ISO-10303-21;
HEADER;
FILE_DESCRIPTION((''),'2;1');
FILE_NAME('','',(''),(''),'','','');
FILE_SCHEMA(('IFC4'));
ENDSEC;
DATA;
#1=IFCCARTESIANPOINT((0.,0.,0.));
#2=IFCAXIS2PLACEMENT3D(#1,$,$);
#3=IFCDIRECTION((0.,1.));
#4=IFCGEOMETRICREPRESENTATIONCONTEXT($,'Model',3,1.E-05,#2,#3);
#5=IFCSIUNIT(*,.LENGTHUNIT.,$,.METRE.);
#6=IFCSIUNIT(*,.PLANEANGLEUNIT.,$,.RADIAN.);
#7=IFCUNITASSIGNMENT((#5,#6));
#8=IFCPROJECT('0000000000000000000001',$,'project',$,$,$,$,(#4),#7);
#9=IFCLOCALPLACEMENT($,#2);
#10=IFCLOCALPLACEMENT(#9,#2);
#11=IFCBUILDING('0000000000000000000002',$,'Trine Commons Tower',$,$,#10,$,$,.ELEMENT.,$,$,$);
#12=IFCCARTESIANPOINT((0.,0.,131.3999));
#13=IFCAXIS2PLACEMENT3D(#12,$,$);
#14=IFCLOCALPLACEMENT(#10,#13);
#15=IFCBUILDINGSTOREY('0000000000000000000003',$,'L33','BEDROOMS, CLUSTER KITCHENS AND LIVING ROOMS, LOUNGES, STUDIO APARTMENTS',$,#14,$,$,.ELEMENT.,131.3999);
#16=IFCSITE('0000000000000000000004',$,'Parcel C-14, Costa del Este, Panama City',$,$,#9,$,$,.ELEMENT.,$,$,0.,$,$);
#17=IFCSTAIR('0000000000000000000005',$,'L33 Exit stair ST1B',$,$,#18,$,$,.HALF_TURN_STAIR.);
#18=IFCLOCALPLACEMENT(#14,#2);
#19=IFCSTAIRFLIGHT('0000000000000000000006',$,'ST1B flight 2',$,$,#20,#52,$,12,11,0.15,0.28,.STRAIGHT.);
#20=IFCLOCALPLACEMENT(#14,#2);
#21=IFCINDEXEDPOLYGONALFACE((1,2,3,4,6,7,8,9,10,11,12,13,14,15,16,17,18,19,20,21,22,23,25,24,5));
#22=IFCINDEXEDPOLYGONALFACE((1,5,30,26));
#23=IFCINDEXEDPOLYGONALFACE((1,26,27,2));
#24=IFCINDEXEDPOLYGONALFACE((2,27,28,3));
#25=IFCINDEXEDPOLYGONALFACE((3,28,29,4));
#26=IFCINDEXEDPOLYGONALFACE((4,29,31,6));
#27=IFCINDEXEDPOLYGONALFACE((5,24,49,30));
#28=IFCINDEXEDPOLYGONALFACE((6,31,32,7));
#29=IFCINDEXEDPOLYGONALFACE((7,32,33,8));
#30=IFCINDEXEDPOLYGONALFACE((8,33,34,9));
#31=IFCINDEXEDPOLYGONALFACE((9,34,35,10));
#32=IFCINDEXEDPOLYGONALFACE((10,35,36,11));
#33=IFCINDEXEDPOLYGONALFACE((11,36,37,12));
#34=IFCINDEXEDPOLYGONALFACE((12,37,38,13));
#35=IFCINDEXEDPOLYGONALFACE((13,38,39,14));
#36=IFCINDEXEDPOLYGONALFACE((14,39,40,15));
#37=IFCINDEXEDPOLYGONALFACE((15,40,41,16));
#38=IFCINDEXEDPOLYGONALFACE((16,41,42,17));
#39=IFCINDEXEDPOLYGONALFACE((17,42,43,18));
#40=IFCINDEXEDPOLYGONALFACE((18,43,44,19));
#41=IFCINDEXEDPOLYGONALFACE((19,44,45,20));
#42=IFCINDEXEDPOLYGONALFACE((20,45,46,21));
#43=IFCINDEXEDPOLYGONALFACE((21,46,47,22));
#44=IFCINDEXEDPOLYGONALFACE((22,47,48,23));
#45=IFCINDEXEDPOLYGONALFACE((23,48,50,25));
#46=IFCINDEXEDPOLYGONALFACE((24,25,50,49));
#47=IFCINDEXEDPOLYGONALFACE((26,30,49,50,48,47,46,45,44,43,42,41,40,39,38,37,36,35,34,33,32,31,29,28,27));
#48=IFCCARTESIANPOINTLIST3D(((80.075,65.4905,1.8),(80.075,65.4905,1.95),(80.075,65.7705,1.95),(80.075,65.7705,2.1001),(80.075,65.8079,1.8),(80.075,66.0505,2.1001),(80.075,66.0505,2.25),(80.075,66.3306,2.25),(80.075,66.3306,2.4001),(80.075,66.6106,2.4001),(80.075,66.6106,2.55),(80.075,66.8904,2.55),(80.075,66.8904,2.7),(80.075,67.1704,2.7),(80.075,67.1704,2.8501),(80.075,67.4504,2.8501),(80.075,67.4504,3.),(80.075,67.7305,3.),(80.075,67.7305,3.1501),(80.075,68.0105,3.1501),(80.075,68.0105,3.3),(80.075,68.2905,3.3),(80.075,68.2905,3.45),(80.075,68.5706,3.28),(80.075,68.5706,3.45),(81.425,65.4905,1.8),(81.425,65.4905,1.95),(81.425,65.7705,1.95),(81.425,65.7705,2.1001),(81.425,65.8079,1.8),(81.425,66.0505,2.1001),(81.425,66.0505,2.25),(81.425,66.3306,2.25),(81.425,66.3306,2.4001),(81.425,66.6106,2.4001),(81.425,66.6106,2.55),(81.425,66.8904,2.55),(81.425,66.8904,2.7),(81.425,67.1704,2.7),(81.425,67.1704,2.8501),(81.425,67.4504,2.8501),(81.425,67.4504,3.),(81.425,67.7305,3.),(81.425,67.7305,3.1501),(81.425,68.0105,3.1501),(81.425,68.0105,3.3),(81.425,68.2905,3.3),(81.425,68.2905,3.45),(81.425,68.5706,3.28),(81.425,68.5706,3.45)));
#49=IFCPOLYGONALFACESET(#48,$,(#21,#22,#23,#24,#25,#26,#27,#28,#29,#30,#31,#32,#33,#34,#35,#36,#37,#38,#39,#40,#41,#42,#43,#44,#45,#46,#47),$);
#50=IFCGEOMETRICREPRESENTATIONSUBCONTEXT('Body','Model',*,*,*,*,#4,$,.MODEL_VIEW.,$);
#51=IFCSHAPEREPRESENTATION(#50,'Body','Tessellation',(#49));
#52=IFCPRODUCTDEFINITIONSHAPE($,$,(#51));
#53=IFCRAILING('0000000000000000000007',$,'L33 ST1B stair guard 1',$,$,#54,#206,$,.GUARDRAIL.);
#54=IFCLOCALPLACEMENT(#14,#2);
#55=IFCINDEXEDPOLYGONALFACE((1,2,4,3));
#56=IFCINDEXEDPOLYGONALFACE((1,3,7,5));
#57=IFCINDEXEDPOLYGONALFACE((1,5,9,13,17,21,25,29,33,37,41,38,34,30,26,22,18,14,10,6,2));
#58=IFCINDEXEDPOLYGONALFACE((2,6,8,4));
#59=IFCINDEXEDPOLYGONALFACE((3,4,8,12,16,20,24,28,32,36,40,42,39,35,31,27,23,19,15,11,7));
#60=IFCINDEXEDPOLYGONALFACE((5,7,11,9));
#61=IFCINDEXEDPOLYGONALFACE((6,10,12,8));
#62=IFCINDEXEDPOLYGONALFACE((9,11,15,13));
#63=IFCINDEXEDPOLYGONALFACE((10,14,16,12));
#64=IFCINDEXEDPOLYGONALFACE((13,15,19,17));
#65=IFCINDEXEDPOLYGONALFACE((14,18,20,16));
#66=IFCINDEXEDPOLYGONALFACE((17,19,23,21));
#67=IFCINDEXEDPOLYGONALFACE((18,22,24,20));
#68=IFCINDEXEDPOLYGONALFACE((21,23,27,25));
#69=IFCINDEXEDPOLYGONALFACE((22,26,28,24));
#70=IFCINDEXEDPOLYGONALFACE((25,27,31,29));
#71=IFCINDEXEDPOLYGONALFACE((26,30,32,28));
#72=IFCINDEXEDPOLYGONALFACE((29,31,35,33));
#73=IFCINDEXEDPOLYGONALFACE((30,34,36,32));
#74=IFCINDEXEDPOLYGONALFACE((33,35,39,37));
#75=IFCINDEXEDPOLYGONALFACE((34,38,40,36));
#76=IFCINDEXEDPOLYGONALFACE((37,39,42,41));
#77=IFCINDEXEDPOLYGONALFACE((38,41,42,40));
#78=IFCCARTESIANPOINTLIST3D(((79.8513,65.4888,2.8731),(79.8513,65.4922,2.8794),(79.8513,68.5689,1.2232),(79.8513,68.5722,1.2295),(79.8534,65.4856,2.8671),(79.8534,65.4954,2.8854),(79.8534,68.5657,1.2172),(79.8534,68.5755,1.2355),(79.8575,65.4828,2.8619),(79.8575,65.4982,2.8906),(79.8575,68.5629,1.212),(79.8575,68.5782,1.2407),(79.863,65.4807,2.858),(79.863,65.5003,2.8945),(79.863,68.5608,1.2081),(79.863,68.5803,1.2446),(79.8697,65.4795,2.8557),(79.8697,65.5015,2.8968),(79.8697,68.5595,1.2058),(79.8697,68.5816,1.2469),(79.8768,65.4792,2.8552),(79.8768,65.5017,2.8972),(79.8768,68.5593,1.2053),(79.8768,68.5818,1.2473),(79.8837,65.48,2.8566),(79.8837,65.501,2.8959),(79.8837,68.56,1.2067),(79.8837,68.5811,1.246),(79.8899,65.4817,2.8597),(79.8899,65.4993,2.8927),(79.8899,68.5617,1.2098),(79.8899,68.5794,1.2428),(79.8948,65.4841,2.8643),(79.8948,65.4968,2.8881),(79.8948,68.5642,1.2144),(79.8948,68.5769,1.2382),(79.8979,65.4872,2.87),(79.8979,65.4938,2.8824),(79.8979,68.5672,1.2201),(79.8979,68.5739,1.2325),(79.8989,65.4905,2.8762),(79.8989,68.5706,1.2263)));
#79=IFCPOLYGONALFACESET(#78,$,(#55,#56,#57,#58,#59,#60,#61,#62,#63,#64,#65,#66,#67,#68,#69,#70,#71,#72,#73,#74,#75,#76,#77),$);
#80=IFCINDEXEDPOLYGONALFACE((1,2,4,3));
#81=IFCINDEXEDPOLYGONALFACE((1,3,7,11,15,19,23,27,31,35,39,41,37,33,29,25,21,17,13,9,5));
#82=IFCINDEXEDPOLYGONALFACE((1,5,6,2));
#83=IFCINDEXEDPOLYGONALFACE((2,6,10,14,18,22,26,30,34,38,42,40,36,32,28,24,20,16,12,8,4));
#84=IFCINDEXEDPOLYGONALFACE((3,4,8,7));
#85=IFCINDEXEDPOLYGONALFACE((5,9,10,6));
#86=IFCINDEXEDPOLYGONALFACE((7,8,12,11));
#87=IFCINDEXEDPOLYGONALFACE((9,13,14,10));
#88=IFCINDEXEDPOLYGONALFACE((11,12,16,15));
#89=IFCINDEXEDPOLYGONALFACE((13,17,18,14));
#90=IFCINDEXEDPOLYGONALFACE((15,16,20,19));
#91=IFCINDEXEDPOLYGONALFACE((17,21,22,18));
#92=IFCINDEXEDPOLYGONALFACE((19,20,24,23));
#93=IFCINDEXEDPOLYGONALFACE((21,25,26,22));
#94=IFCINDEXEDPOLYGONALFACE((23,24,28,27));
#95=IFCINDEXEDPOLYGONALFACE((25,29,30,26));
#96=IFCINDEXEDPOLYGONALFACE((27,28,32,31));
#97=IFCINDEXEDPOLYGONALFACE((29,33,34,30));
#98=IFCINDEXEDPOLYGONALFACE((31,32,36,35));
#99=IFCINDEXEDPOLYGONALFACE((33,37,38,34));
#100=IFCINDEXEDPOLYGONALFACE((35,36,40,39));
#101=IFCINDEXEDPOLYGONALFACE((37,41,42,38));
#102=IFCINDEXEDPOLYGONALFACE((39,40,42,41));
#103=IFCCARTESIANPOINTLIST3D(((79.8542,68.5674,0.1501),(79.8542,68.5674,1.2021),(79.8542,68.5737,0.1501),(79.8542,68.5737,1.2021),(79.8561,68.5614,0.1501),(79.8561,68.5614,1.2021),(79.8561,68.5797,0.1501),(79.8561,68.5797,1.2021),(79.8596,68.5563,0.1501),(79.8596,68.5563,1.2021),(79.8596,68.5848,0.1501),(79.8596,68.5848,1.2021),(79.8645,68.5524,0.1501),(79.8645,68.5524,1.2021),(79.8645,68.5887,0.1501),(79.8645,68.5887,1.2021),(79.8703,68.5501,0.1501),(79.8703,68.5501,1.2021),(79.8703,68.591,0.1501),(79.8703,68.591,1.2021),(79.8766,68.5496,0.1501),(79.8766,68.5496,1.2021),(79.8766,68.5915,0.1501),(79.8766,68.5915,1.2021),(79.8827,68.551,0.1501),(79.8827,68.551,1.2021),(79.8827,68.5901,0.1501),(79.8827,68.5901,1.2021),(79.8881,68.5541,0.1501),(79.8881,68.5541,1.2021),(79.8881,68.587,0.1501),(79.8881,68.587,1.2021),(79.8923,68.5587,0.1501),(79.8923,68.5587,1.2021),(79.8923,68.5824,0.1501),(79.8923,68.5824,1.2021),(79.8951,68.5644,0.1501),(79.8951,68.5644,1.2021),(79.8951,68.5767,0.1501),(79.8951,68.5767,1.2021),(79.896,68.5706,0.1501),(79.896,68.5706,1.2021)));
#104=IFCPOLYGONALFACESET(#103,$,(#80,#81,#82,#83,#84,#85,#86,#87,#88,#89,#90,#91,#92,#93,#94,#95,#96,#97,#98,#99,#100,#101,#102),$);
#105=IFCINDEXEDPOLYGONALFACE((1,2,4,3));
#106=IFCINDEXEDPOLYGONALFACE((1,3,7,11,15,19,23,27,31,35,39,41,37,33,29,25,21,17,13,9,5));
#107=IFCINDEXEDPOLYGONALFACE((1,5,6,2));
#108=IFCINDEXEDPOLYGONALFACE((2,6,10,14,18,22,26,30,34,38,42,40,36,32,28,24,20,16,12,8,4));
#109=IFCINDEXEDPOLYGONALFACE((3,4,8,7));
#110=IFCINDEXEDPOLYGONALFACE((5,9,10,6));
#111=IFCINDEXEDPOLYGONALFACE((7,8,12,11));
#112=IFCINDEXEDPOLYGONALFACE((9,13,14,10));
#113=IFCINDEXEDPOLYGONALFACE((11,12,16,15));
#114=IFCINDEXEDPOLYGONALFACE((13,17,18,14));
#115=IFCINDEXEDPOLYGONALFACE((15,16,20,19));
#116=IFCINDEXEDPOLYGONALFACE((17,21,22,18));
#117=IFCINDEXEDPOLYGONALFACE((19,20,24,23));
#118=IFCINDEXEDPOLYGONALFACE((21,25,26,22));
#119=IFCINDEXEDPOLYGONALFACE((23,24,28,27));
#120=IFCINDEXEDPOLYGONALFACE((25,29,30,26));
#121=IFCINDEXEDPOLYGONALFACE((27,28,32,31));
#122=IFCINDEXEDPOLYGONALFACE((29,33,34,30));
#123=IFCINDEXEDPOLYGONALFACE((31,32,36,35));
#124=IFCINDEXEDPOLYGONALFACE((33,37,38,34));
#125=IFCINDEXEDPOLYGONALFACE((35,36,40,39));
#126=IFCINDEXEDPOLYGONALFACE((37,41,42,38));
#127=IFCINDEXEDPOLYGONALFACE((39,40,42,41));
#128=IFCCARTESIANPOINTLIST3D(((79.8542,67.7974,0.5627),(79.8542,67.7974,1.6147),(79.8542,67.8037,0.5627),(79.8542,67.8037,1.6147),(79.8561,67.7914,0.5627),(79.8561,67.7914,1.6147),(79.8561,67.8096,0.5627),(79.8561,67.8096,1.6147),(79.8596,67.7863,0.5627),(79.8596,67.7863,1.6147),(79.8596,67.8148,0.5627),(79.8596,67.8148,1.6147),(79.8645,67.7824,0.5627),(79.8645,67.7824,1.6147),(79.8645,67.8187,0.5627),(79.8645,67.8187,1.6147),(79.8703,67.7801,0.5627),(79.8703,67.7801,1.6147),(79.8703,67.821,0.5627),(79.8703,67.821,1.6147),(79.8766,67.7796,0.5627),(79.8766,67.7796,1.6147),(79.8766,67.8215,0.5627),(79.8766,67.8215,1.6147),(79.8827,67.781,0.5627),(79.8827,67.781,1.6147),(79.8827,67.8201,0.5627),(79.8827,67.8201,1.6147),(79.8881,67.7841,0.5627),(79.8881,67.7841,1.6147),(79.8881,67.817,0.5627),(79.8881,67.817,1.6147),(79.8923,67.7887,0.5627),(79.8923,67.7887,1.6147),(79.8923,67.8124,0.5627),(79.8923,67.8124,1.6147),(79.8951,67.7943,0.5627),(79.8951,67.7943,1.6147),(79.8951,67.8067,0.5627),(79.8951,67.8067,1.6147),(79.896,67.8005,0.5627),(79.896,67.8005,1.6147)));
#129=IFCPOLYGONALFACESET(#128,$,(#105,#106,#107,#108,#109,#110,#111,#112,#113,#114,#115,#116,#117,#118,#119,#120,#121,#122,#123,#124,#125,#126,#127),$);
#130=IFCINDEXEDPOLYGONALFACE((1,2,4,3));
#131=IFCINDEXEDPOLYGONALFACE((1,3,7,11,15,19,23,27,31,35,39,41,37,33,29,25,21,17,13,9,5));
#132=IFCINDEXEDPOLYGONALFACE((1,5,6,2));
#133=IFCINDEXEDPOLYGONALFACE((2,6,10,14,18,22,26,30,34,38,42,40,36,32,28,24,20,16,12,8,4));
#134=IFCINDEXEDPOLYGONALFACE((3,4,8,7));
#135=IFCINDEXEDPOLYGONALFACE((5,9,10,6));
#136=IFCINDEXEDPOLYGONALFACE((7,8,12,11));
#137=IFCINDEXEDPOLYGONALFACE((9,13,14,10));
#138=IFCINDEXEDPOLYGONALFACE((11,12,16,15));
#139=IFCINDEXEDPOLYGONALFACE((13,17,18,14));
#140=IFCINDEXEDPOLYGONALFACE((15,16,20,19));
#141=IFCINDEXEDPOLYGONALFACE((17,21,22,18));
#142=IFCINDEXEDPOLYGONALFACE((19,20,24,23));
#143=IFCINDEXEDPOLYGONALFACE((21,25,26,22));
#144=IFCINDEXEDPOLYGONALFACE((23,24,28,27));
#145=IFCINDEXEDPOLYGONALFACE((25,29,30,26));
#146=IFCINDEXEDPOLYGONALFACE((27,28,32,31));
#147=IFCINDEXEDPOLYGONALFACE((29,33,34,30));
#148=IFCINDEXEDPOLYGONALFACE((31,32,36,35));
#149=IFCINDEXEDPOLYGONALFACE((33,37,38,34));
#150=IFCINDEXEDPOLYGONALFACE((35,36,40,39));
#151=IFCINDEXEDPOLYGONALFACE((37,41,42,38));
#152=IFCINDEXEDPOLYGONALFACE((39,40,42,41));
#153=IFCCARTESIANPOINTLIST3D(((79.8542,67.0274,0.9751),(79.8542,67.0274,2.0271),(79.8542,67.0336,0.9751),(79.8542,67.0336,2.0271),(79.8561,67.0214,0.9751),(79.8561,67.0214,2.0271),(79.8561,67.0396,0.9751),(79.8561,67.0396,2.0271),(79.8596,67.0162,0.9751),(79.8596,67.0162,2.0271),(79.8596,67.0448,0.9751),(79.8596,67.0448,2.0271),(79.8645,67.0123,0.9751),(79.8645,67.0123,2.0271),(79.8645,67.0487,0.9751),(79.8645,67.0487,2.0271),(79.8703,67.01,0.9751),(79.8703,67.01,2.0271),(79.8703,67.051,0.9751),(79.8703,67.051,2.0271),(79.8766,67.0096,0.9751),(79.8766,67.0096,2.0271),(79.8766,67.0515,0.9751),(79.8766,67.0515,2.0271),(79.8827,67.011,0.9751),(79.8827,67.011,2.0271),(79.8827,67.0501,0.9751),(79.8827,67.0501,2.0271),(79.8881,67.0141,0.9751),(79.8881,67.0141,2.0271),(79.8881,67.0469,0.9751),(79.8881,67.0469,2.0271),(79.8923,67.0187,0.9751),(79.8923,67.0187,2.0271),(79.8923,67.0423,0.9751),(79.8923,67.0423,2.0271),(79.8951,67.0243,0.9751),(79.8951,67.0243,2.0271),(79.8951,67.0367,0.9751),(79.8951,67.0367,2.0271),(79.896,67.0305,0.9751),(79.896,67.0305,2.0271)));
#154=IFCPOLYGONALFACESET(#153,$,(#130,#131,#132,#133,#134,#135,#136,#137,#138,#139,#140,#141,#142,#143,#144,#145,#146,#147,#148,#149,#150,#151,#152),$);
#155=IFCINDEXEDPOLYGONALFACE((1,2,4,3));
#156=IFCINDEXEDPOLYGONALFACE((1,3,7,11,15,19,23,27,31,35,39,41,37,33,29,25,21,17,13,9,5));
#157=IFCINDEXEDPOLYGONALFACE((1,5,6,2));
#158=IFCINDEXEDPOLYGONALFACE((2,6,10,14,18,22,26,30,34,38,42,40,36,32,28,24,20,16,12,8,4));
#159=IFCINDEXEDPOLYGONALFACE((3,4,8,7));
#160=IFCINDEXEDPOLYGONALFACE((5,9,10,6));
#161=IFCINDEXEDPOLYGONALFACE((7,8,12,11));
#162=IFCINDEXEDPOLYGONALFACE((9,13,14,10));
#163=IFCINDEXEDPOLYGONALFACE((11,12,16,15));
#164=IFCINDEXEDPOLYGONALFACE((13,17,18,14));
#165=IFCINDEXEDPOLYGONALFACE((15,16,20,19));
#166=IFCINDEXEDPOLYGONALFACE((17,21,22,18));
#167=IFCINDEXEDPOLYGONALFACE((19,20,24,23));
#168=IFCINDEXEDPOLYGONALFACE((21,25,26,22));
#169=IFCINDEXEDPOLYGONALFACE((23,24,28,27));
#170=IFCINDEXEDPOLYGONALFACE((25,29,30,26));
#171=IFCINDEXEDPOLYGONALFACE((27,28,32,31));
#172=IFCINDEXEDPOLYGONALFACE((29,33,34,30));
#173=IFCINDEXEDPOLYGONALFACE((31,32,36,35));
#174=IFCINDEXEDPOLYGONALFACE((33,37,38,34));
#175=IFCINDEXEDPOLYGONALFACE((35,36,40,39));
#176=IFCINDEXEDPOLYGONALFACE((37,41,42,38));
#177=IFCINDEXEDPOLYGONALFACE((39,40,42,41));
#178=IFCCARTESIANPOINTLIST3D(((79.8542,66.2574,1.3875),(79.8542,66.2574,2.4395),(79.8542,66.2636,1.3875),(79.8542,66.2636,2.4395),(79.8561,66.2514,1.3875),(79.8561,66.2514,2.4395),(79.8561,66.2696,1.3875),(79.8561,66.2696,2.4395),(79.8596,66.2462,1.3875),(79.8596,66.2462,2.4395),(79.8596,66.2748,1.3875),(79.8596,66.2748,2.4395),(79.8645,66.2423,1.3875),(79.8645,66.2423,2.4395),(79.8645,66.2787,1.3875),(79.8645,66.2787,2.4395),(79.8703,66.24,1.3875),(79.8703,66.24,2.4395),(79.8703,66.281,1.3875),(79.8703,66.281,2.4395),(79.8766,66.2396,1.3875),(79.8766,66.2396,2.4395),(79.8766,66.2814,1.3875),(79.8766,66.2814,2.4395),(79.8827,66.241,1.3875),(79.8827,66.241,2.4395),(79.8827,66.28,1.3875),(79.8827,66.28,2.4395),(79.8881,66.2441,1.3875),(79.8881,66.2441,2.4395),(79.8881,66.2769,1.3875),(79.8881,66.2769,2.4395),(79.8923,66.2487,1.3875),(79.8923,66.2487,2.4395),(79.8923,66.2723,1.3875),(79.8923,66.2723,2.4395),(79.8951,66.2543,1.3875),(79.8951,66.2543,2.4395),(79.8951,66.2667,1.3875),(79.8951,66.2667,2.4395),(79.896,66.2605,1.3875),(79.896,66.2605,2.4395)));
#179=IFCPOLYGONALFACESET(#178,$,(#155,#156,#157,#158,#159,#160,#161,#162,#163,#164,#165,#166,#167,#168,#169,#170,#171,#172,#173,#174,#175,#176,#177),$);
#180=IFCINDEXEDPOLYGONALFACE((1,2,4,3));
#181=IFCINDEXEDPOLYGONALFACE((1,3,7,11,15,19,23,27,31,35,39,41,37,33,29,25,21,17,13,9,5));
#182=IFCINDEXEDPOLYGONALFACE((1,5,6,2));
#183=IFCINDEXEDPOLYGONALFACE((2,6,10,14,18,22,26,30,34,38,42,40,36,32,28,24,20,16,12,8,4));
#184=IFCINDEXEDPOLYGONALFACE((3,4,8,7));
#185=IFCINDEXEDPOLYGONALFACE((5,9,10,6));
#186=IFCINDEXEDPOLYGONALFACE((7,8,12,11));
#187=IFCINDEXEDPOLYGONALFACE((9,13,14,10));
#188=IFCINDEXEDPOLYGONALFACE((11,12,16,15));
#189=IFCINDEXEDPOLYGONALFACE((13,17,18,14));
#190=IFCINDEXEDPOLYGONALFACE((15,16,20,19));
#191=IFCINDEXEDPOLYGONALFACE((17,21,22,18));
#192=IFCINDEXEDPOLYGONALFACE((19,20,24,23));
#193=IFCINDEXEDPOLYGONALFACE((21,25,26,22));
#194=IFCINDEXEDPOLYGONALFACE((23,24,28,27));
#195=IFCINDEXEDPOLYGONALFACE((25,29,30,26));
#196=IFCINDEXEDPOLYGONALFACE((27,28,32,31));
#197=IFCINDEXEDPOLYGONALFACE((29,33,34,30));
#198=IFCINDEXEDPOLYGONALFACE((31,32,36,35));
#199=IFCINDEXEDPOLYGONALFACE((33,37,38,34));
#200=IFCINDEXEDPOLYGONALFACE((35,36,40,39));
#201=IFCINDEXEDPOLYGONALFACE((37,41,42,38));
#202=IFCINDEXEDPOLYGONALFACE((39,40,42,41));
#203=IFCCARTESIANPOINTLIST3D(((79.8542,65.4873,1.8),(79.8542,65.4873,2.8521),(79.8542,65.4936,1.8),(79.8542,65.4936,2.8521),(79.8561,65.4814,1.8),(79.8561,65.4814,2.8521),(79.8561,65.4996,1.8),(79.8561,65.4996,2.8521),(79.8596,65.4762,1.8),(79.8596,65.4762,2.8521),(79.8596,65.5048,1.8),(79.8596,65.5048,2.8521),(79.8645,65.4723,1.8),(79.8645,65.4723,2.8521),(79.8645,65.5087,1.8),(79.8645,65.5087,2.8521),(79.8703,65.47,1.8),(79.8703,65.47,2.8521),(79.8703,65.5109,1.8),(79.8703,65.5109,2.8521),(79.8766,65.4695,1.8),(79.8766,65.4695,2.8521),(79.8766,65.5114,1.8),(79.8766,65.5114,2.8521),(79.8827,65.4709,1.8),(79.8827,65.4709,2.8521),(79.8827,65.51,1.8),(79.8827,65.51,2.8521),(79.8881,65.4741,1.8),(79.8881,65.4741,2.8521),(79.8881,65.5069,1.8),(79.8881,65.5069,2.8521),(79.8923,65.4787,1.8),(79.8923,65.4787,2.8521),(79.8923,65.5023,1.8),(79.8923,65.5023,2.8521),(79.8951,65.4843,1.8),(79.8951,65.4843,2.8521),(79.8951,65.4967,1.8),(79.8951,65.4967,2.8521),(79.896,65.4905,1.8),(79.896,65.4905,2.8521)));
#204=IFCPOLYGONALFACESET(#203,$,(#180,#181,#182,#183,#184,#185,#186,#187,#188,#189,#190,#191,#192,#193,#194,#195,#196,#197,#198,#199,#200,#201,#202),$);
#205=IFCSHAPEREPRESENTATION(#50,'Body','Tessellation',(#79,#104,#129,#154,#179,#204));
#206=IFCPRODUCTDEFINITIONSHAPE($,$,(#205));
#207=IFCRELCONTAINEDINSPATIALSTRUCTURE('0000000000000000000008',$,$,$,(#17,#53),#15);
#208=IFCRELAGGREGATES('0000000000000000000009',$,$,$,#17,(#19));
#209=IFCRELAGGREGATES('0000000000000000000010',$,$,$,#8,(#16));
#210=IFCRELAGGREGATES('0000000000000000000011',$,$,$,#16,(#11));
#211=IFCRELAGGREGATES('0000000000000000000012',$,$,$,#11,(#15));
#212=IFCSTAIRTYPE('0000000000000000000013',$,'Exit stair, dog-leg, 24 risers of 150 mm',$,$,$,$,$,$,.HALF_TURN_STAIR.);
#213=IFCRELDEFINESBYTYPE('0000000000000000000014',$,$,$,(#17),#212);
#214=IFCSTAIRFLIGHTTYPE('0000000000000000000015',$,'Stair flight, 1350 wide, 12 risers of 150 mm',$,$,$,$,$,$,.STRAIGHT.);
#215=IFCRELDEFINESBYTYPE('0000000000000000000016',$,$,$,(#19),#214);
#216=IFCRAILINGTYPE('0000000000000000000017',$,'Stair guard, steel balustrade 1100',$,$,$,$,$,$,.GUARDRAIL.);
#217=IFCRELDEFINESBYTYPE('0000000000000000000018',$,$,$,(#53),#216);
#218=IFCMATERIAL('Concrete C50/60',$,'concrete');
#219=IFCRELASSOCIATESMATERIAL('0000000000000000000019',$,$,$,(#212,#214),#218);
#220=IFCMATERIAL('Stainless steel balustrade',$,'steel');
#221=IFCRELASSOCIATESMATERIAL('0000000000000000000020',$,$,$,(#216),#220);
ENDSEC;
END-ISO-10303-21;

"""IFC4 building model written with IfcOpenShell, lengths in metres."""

from ifc_helpers import new_model, si_unit, direction, frame, origin, origin_2d, place, context, subcontext, project, spatial, polyline, circle, outline, extrude, material, type_object, element, aggregate, save


model = new_model("IFC4")

# Units and contexts
model_context = context("Model", 3, precision=1e-05, world=origin(), true_north=direction((0.0, 1.0)))
body_context = subcontext(model_context, "Body", "Model", "MODEL_VIEW")
ifc_project = project(units=[si_unit("LENGTHUNIT", "METRE"), si_unit("PLANEANGLEUNIT", "RADIAN")], contexts=[model_context])

# Site, building, storey
site_placement = place(None, origin())
site = spatial("IfcSite", under=ifc_project, at=site_placement, Name="Parcel C-14, Costa del Este, Panama City", CompositionType="ELEMENT", RefElevation=0.0)
building_placement = place(site_placement, origin())
building = spatial("IfcBuilding", under=site, at=building_placement, Name="Trine Commons Tower", CompositionType="ELEMENT")
storey_placement = place(building_placement, frame((0.0, 0.0, 131.3999)))
storey = spatial("IfcBuildingStorey", under=building, at=storey_placement, Name="L33", Description="BEDROOMS, CLUSTER KITCHENS AND LIVING ROOMS, LOUNGES, STUDIO APARTMENTS", CompositionType="ELEMENT", Elevation=131.3999)

# Shared definitions
ifc_material_1 = material(Name="Concrete C50/60", Category="concrete")

# Stair, stair flight
stair_type = type_object("IfcStairType", Name="Exit stair, dog-leg, 24 risers of 150 mm", PredefinedType="HALF_TURN_STAIR", material=ifc_material_1)
stair_placement = place(storey_placement, origin())
stair = element("IfcStair", 1, at=stair_placement, inside=storey, type_object=stair_type, Name="L33 Exit stair ST1B", PredefinedType="HALF_TURN_STAIR")
stair_flight_type = type_object("IfcStairFlightType", Name="Stair flight, 1350 wide, 12 risers of 150 mm", PredefinedType="STRAIGHT", material=ifc_material_1)
stair_flight_placement = place(storey_placement, frame((80.75, 65.4905, 1.8), z_axis=(0.0, 0.0, 1.0), x_axis=(0.0, 1.0, 0.0)))
stair_flight = element("IfcStairFlight", 2, at=stair_flight_placement, type_object=stair_flight_type, Name="ST1B flight 2", NumberOfRisers=12, NumberOfTreads=11, PredefinedType="STRAIGHT", RiserHeight=0.15, TreadLength=0.28, context=body_context, shape_type="SweptSolid", body=[
    extrude(outline(polyline([(0.0, 0.0), (0.0, 0.1499), (0.28, 0.1499), (0.28, 0.3), (0.5601, 0.3), (0.5601, 0.45), (0.8401, 0.45), (0.8401, 0.6001), (1.1201, 0.6001), (1.1201, 0.75), (1.3999, 0.75), (1.3999, 0.8999), (1.6799, 0.8999), (1.6799, 1.05), (1.96, 1.05), (1.96, 1.2), (2.24, 1.2), (2.24, 1.3501), (2.52, 1.3501), (2.52, 1.5), (2.8, 1.5), (2.8, 1.6499), (3.0801, 1.6499), (3.0801, 1.8), (3.0801, 1.48), (0.3174, 0.0), (0.0, 0.0)])), frame((0.0, 0.675, 0.0), z_axis=(0.0, -1.0, 0.0), x_axis=(1.0, 0.0, 0.0)), (0.0, 0.0, 1.0), 1.3501),
])
aggregate(stair, [stair_flight])

# Railing
ifc_material_2 = material(Name="Stainless steel balustrade", Category="steel")
railing_type_1 = type_object("IfcRailingType", Name="Stair guard, steel balustrade 1100", PredefinedType="GUARDRAIL", material=ifc_material_2)
railing_1_placement = place(storey_placement, frame((79.875, 68.5706, 0.1501)))
element("IfcRailing", 3, at=railing_1_placement, inside=storey, type_object=railing_type_1, Name="L33 ST1B stair guard 1", PredefinedType="GUARDRAIL", context=body_context, shape_type="SweptSolid", body=[
    extrude(circle(Radius=0.0239, at=origin_2d()), frame((0.0, 0.0, 1.0762), z_axis=(0.0, -0.881497, 0.47219), x_axis=(1.0, 0.0, 0.0)), (0.0, 0.0, 1.0), 3.4941),
    extrude(circle(Radius=0.021, at=origin_2d()), origin(), (0.0, 0.0, 1.0), 1.052),
    extrude(circle(Radius=0.021, at=origin_2d()), frame((0.0, -0.77, 0.4126)), (0.0, 0.0, 1.0), 1.052),
    extrude(circle(Radius=0.021, at=origin_2d()), frame((0.0, -1.54, 0.825)), (0.0, 0.0, 1.0), 1.052),
    extrude(circle(Radius=0.021, at=origin_2d()), frame((0.0, -2.3101, 1.2373)), (0.0, 0.0, 1.0), 1.052),
    extrude(circle(Radius=0.021, at=origin_2d()), frame((0.0, -3.0801, 1.6499)), (0.0, 0.0, 1.0), 1.052),
])

save(model, "model.ifc")
